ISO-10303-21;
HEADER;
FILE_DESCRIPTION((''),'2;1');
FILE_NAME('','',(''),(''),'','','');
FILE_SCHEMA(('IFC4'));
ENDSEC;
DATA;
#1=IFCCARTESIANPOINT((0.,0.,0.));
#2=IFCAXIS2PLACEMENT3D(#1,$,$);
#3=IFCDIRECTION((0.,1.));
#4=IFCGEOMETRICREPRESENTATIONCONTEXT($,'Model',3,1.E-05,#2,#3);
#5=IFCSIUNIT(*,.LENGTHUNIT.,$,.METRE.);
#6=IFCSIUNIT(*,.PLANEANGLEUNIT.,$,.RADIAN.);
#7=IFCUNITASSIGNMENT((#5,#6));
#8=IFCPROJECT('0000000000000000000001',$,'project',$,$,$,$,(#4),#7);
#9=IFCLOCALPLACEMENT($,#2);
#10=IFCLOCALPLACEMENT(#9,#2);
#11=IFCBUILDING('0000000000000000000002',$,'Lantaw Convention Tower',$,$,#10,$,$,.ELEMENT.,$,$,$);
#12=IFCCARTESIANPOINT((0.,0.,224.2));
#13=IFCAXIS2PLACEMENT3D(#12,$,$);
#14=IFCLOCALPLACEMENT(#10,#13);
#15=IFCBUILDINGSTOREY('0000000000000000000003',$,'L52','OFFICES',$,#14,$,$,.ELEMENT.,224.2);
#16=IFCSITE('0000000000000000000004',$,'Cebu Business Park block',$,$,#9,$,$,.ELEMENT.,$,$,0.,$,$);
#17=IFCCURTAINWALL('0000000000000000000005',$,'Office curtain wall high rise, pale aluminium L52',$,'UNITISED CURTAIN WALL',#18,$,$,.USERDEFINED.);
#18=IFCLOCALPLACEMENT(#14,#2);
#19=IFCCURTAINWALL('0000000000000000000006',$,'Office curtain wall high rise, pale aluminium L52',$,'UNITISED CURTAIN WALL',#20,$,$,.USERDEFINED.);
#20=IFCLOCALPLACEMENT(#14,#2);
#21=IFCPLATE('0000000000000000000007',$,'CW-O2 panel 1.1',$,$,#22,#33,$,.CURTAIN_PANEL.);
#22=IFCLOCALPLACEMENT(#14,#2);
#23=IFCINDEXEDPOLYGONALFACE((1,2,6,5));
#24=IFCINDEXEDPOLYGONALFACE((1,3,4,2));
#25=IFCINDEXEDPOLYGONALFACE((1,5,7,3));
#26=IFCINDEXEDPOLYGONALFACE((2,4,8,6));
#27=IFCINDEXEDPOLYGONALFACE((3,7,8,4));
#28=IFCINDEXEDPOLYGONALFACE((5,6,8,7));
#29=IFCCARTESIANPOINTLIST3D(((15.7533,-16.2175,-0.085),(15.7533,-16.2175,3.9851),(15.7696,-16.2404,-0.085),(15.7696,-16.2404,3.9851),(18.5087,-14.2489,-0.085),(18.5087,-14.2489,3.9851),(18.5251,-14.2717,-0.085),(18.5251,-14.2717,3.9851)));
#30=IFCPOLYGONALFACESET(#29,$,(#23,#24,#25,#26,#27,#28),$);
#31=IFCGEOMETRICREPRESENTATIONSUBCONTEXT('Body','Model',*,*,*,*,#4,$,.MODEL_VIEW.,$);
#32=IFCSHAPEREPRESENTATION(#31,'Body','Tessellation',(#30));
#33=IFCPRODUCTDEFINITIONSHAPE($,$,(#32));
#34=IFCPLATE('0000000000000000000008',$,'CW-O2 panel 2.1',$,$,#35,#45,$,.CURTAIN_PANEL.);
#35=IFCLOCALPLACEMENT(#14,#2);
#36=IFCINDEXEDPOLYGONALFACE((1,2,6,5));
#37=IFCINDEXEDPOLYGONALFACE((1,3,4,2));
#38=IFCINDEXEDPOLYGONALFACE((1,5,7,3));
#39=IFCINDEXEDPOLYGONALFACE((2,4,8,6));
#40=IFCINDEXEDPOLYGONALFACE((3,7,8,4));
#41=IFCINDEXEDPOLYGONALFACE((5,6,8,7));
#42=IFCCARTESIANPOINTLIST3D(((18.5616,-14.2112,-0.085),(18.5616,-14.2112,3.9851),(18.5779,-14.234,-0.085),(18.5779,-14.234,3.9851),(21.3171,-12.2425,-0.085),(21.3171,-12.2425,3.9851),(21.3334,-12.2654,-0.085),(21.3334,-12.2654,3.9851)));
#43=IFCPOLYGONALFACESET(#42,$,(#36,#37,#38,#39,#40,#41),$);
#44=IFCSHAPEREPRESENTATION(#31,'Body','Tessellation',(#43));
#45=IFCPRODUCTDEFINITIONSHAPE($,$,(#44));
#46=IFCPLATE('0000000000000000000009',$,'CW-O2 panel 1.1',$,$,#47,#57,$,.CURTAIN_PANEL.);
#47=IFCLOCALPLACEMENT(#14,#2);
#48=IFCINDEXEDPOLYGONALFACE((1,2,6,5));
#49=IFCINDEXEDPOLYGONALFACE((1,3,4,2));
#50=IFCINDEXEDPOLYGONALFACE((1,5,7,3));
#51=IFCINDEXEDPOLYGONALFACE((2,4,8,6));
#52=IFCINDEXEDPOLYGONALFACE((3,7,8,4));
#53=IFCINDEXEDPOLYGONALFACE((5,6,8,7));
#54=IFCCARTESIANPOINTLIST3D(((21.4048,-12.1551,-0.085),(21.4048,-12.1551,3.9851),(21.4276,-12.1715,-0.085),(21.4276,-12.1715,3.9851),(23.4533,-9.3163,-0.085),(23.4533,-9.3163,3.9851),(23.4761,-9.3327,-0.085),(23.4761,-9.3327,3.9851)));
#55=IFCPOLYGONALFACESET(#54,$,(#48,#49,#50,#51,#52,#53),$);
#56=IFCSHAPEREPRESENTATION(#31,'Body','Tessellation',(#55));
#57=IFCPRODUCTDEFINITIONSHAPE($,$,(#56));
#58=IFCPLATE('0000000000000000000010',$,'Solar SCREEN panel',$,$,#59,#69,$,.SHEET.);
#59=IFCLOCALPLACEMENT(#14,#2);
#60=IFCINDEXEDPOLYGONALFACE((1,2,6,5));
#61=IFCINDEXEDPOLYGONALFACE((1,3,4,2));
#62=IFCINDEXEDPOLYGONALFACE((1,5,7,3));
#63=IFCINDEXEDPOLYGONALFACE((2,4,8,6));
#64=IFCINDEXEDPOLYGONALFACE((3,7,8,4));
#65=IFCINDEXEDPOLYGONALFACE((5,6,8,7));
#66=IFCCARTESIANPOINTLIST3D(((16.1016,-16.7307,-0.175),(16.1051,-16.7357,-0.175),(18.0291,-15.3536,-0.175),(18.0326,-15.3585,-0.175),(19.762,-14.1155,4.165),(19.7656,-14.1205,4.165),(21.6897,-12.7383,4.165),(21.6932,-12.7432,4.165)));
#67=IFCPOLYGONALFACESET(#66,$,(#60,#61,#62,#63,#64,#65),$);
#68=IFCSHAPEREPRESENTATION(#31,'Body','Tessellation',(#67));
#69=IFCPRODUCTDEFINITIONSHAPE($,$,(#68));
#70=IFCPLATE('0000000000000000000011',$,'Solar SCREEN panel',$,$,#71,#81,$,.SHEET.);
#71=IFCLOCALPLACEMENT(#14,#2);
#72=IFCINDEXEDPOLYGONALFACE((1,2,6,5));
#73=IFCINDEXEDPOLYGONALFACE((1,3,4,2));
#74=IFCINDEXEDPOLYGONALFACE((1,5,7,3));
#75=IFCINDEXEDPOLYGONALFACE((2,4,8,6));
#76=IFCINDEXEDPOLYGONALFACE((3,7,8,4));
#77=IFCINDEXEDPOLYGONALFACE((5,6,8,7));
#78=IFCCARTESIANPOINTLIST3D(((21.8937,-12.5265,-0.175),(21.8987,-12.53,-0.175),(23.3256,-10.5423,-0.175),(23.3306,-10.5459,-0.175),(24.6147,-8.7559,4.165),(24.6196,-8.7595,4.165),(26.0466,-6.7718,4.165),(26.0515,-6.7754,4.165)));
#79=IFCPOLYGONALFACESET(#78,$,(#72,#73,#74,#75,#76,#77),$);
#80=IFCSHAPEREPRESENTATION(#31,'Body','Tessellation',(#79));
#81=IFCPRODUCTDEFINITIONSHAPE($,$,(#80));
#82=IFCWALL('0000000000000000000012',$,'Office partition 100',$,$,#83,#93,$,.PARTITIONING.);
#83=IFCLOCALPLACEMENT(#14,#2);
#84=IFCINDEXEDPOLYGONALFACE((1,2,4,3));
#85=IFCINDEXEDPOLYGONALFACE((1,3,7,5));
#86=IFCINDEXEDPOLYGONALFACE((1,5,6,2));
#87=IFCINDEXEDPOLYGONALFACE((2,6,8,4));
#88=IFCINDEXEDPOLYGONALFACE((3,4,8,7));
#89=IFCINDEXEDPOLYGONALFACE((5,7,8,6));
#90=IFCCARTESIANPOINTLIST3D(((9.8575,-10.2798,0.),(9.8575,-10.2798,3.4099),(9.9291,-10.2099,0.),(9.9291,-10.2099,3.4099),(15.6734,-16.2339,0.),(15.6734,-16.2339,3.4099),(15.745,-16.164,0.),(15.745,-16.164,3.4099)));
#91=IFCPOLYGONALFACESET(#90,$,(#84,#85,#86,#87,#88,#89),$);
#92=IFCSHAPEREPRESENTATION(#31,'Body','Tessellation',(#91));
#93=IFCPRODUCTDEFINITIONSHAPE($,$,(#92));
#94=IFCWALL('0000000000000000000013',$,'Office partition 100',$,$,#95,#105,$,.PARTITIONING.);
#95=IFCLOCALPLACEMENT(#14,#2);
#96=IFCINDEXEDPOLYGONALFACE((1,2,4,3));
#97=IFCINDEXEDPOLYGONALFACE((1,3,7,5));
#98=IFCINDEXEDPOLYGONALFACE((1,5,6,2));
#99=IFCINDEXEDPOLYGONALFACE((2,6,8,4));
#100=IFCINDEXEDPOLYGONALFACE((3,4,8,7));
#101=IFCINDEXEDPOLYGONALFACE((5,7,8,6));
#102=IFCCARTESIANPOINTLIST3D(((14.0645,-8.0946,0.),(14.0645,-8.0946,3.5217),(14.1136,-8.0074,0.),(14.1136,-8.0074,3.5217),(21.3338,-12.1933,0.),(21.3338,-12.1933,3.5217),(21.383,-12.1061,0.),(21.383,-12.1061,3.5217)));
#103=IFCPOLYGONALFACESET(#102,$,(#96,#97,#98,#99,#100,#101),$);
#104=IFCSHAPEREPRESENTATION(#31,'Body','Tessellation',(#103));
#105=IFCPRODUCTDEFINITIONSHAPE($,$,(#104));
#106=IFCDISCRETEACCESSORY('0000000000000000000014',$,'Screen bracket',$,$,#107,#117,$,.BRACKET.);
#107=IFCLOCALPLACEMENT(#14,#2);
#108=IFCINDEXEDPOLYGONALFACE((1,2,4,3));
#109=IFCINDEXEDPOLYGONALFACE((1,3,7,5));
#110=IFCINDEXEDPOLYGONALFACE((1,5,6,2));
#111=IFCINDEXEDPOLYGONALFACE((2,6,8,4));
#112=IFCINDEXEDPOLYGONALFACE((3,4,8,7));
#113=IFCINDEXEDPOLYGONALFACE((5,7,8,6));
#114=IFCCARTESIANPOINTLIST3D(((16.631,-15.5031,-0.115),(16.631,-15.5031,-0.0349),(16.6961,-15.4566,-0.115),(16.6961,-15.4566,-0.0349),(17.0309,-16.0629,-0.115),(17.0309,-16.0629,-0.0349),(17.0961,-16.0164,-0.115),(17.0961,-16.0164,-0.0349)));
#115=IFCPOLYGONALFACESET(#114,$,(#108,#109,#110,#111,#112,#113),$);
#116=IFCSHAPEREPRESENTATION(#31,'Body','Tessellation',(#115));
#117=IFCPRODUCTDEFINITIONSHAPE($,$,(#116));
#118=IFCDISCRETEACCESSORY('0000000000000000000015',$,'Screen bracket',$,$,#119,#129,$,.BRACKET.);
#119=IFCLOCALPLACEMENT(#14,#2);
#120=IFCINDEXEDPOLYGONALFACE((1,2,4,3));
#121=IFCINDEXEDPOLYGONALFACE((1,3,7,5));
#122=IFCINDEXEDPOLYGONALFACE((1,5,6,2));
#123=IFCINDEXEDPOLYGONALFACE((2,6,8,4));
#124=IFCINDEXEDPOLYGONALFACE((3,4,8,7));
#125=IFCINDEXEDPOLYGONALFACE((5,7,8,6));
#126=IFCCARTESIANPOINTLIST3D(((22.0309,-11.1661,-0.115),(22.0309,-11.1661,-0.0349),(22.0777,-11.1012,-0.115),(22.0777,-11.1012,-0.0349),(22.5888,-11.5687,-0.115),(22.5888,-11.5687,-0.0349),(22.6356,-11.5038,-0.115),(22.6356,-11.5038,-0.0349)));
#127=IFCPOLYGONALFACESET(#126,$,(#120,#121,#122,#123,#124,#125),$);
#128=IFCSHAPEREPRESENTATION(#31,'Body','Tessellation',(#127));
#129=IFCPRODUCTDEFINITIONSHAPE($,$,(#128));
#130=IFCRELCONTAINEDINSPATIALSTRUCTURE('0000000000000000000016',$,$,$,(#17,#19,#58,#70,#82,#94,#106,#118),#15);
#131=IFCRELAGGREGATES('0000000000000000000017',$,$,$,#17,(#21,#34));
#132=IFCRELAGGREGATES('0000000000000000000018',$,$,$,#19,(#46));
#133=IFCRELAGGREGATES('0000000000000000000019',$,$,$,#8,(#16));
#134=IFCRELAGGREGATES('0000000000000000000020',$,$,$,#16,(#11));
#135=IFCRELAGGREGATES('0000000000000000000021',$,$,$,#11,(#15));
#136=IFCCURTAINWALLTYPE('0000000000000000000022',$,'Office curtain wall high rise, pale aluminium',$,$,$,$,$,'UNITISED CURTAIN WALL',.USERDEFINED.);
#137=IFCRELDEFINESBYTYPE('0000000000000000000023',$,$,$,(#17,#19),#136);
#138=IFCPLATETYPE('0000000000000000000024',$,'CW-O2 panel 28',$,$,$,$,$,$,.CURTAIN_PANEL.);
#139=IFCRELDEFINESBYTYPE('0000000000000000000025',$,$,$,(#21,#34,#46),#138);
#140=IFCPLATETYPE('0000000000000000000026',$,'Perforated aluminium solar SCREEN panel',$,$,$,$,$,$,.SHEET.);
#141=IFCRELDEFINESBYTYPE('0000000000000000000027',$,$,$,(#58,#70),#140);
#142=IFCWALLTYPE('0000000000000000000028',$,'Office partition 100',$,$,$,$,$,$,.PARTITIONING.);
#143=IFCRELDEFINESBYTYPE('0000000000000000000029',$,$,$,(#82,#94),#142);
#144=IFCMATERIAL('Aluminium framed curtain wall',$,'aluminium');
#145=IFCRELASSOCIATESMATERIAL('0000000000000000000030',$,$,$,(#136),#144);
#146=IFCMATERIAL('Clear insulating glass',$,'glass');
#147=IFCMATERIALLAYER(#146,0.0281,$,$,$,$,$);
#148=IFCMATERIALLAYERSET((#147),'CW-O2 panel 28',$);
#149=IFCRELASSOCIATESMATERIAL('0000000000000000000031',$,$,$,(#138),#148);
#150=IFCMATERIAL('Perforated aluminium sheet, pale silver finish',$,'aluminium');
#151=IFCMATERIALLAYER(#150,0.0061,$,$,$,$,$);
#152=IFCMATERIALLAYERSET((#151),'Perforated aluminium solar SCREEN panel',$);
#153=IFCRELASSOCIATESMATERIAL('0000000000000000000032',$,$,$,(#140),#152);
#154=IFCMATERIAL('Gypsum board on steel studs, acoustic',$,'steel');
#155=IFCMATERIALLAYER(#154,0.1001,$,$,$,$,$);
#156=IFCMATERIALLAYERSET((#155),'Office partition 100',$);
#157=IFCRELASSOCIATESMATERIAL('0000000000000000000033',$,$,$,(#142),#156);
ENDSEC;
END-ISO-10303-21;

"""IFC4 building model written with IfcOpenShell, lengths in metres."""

from ifc_helpers import new_model, si_unit, direction, frame, frame_2d, origin, origin_2d, place, context, subcontext, project, spatial, polyline, rectangle, outline, extrude, material, layer, layer_set, type_object, element, aggregate, save


model = new_model("IFC4")

# Units and contexts
model_context = context("Model", 3, precision=1e-05, world=origin(), true_north=direction((0.0, 1.0)))
body_context = subcontext(model_context, "Body", "Model", "MODEL_VIEW")
ifc_project = project(units=[si_unit("LENGTHUNIT", "METRE"), si_unit("PLANEANGLEUNIT", "RADIAN")], contexts=[model_context])

# Site, building, storey
site_placement = place(None, origin())
site = spatial("IfcSite", under=ifc_project, at=site_placement, Name="Cebu Business Park block", CompositionType="ELEMENT", RefElevation=0.0)
building_placement = place(site_placement, origin())
building = spatial("IfcBuilding", under=site, at=building_placement, Name="Lantaw Convention Tower", CompositionType="ELEMENT")
storey_placement = place(building_placement, frame((0.0, 0.0, 224.2)))
storey = spatial("IfcBuildingStorey", under=building, at=storey_placement, Name="L52", Description="OFFICES", CompositionType="ELEMENT", Elevation=224.2)

# Curtain walls
ifc_material_1 = material(Name="Aluminium framed curtain wall", Category="aluminium")
curtain_wall_type = type_object("IfcCurtainWallType", Name="Office curtain wall high rise, pale aluminium", ElementType="UNITISED CURTAIN WALL", PredefinedType="USERDEFINED", material=ifc_material_1)
curtain_wall_1_placement = place(storey_placement, origin())
curtain_wall_1 = element("IfcCurtainWall", 1, at=curtain_wall_1_placement, inside=storey, type_object=curtain_wall_type, Name="Office curtain wall high rise, pale aluminium L52", ObjectType="UNITISED CURTAIN WALL", PredefinedType="USERDEFINED")
curtain_wall_2_placement = place(storey_placement, origin())
curtain_wall_2 = element("IfcCurtainWall", 2, at=curtain_wall_2_placement, inside=storey, type_object=curtain_wall_type, Name="Office curtain wall high rise, pale aluminium L52", ObjectType="UNITISED CURTAIN WALL", PredefinedType="USERDEFINED")

# Plates
ifc_material_2 = material(Name="Clear insulating glass", Category="glass")
ifc_layer_1 = layer(ifc_material_2, 0.0281)
ifc_layer_set_1 = layer_set([ifc_layer_1], Name="CW-O2 panel 28")
plate_type_1 = type_object("IfcPlateType", Name="CW-O2 panel 28", PredefinedType="CURTAIN_PANEL", material=ifc_layer_set_1)
plate_1_placement = place(storey_placement, frame((17.1392, -15.2446, -0.085), z_axis=(0.0, 0.0, 1.0), x_axis=(0.813673, 0.581323, 0.0)))
plate_1 = element("IfcPlate", 3, at=plate_1_placement, type_object=plate_type_1, Name="CW-O2 panel 1.1", PredefinedType="CURTAIN_PANEL", context=body_context, shape_type="SweptSolid", body=[
    extrude(rectangle(XDim=3.3865, YDim=0.0281, at=origin_2d()), origin(), (0.0, 0.0, 1.0), 4.0701),
])
plate_2_placement = place(storey_placement, frame((19.9475, -13.2383, -0.085), z_axis=(0.0, 0.0, 1.0), x_axis=(0.813673, 0.581323, 0.0)))
plate_2 = element("IfcPlate", 4, at=plate_2_placement, type_object=plate_type_1, Name="CW-O2 panel 2.1", PredefinedType="CURTAIN_PANEL", context=body_context, shape_type="SweptSolid", body=[
    extrude(rectangle(XDim=3.3865, YDim=0.0281, at=origin_2d()), origin(), (0.0, 0.0, 1.0), 4.0701),
])
aggregate(curtain_wall_1, [plate_1, plate_2])
plate_3_placement = place(storey_placement, frame((22.4404, -10.7439, -0.085), z_axis=(0.0, 0.0, 1.0), x_axis=(0.585158, 0.81092, 0.0)))
plate_3 = element("IfcPlate", 5, at=plate_3_placement, type_object=plate_type_1, Name="CW-O2 panel 1.1", PredefinedType="CURTAIN_PANEL", context=body_context, shape_type="SweptSolid", body=[
    extrude(rectangle(XDim=3.5007, YDim=0.0281, at=origin_2d()), origin(), (0.0, 0.0, 1.0), 4.0701),
])
aggregate(curtain_wall_2, [plate_3])

# Plates
ifc_material_3 = material(Name="Perforated aluminium sheet, pale silver finish", Category="aluminium")
ifc_layer_2 = layer(ifc_material_3, 0.0061)
ifc_layer_set_2 = layer_set([ifc_layer_2], Name="Perforated aluminium solar SCREEN panel")
plate_type_2 = type_object("IfcPlateType", Name="Perforated aluminium solar SCREEN panel", PredefinedType="SHEET", material=ifc_layer_set_2)
plate_4_placement = place(storey_placement, frame((16.1016, -16.7307, -0.175), z_axis=(-0.581331, 0.813667, 0.00001), x_axis=(0.813667, 0.581331, 0.0)))
element("IfcPlate", 6, at=plate_4_placement, inside=storey, type_object=plate_type_2, Name="Solar SCREEN panel", PredefinedType="SHEET", context=body_context, shape_type="SweptSolid", body=[
    extrude(outline(polyline([(0.0, 0.0), (2.3689, 0.0), (6.8678, -4.3401), (4.4987, -4.3401), (0.0, 0.0)])), origin(), (0.0, 0.0, -1.0), 0.0061),
])
plate_5_placement = place(storey_placement, frame((21.8987, -12.53, -0.175), z_axis=(0.810892, -0.585195, 0.00002), x_axis=(0.585195, 0.810892, 0.0)))
element("IfcPlate", 7, at=plate_5_placement, inside=storey, type_object=plate_type_2, Name="Solar SCREEN panel", PredefinedType="SHEET", context=body_context, shape_type="SweptSolid", body=[
    extrude(outline(polyline([(0.0, 0.0), (2.4468, 0.0), (7.0966, 4.3401), (4.6498, 4.3401), (0.0, 0.0)])), origin(), (0.0, 0.0, -1.0), 0.0061),
])

# Walls
ifc_material_4 = material(Name="Gypsum board on steel studs, acoustic", Category="steel")
ifc_layer_3 = layer(ifc_material_4, 0.1001)
ifc_layer_set_3 = layer_set([ifc_layer_3], Name="Office partition 100")
wall_type = type_object("IfcWallType", Name="Office partition 100", PredefinedType="PARTITIONING", material=ifc_layer_set_3)
wall_1_placement = place(storey_placement, frame((15.7092, -16.199, 0.0), z_axis=(0.0, 0.0, 1.0), x_axis=(-0.698757, 0.715359, 0.0)))
element("IfcWall", 8, at=wall_1_placement, inside=storey, type_object=wall_type, Name="Office partition 100", PredefinedType="PARTITIONING", context=body_context, shape_type="SweptSolid", body=[
    extrude(rectangle(XDim=8.3232, YDim=0.1001, at=frame_2d((4.1616, 0.0))), origin(), (0.0, 0.0, 1.0), 3.4099),
])
wall_2_placement = place(storey_placement, frame((21.3584, -12.1497, 0.0), z_axis=(0.0, 0.0, 1.0), x_axis=(-0.871081, 0.49114, 0.0)))
element("IfcWall", 9, at=wall_2_placement, inside=storey, type_object=wall_type, Name="Office partition 100", PredefinedType="PARTITIONING", context=body_context, shape_type="SweptSolid", body=[
    extrude(rectangle(XDim=8.3452, YDim=0.1001, at=frame_2d((4.1726, 0.0))), origin(), (0.0, 0.0, 1.0), 3.5217),
])

# Discrete accessories
for number, where, z_axis, x_axis, name in (
    (10, (16.8635, -15.7598, -0.115), (0.0, 0.0, 1.0), (0.813673, 0.581323, 0.0), "Screen bracket"),
    (11, (22.3333, -11.335, -0.115), (0.0, 0.0, 1.0), (0.585158, 0.81092, 0.0), "Screen bracket"),
):
    element("IfcDiscreteAccessory", number, at=place(storey_placement, frame(where, z_axis=z_axis, x_axis=x_axis)), inside=storey, Name=name, PredefinedType="BRACKET", context=body_context, shape_type="SweptSolid", body=[
        extrude(rectangle(XDim=0.0801, YDim=0.688, at=origin_2d()), origin(), (0.0, 0.0, 1.0), 0.0801),
    ])

save(model, "model.ifc")
